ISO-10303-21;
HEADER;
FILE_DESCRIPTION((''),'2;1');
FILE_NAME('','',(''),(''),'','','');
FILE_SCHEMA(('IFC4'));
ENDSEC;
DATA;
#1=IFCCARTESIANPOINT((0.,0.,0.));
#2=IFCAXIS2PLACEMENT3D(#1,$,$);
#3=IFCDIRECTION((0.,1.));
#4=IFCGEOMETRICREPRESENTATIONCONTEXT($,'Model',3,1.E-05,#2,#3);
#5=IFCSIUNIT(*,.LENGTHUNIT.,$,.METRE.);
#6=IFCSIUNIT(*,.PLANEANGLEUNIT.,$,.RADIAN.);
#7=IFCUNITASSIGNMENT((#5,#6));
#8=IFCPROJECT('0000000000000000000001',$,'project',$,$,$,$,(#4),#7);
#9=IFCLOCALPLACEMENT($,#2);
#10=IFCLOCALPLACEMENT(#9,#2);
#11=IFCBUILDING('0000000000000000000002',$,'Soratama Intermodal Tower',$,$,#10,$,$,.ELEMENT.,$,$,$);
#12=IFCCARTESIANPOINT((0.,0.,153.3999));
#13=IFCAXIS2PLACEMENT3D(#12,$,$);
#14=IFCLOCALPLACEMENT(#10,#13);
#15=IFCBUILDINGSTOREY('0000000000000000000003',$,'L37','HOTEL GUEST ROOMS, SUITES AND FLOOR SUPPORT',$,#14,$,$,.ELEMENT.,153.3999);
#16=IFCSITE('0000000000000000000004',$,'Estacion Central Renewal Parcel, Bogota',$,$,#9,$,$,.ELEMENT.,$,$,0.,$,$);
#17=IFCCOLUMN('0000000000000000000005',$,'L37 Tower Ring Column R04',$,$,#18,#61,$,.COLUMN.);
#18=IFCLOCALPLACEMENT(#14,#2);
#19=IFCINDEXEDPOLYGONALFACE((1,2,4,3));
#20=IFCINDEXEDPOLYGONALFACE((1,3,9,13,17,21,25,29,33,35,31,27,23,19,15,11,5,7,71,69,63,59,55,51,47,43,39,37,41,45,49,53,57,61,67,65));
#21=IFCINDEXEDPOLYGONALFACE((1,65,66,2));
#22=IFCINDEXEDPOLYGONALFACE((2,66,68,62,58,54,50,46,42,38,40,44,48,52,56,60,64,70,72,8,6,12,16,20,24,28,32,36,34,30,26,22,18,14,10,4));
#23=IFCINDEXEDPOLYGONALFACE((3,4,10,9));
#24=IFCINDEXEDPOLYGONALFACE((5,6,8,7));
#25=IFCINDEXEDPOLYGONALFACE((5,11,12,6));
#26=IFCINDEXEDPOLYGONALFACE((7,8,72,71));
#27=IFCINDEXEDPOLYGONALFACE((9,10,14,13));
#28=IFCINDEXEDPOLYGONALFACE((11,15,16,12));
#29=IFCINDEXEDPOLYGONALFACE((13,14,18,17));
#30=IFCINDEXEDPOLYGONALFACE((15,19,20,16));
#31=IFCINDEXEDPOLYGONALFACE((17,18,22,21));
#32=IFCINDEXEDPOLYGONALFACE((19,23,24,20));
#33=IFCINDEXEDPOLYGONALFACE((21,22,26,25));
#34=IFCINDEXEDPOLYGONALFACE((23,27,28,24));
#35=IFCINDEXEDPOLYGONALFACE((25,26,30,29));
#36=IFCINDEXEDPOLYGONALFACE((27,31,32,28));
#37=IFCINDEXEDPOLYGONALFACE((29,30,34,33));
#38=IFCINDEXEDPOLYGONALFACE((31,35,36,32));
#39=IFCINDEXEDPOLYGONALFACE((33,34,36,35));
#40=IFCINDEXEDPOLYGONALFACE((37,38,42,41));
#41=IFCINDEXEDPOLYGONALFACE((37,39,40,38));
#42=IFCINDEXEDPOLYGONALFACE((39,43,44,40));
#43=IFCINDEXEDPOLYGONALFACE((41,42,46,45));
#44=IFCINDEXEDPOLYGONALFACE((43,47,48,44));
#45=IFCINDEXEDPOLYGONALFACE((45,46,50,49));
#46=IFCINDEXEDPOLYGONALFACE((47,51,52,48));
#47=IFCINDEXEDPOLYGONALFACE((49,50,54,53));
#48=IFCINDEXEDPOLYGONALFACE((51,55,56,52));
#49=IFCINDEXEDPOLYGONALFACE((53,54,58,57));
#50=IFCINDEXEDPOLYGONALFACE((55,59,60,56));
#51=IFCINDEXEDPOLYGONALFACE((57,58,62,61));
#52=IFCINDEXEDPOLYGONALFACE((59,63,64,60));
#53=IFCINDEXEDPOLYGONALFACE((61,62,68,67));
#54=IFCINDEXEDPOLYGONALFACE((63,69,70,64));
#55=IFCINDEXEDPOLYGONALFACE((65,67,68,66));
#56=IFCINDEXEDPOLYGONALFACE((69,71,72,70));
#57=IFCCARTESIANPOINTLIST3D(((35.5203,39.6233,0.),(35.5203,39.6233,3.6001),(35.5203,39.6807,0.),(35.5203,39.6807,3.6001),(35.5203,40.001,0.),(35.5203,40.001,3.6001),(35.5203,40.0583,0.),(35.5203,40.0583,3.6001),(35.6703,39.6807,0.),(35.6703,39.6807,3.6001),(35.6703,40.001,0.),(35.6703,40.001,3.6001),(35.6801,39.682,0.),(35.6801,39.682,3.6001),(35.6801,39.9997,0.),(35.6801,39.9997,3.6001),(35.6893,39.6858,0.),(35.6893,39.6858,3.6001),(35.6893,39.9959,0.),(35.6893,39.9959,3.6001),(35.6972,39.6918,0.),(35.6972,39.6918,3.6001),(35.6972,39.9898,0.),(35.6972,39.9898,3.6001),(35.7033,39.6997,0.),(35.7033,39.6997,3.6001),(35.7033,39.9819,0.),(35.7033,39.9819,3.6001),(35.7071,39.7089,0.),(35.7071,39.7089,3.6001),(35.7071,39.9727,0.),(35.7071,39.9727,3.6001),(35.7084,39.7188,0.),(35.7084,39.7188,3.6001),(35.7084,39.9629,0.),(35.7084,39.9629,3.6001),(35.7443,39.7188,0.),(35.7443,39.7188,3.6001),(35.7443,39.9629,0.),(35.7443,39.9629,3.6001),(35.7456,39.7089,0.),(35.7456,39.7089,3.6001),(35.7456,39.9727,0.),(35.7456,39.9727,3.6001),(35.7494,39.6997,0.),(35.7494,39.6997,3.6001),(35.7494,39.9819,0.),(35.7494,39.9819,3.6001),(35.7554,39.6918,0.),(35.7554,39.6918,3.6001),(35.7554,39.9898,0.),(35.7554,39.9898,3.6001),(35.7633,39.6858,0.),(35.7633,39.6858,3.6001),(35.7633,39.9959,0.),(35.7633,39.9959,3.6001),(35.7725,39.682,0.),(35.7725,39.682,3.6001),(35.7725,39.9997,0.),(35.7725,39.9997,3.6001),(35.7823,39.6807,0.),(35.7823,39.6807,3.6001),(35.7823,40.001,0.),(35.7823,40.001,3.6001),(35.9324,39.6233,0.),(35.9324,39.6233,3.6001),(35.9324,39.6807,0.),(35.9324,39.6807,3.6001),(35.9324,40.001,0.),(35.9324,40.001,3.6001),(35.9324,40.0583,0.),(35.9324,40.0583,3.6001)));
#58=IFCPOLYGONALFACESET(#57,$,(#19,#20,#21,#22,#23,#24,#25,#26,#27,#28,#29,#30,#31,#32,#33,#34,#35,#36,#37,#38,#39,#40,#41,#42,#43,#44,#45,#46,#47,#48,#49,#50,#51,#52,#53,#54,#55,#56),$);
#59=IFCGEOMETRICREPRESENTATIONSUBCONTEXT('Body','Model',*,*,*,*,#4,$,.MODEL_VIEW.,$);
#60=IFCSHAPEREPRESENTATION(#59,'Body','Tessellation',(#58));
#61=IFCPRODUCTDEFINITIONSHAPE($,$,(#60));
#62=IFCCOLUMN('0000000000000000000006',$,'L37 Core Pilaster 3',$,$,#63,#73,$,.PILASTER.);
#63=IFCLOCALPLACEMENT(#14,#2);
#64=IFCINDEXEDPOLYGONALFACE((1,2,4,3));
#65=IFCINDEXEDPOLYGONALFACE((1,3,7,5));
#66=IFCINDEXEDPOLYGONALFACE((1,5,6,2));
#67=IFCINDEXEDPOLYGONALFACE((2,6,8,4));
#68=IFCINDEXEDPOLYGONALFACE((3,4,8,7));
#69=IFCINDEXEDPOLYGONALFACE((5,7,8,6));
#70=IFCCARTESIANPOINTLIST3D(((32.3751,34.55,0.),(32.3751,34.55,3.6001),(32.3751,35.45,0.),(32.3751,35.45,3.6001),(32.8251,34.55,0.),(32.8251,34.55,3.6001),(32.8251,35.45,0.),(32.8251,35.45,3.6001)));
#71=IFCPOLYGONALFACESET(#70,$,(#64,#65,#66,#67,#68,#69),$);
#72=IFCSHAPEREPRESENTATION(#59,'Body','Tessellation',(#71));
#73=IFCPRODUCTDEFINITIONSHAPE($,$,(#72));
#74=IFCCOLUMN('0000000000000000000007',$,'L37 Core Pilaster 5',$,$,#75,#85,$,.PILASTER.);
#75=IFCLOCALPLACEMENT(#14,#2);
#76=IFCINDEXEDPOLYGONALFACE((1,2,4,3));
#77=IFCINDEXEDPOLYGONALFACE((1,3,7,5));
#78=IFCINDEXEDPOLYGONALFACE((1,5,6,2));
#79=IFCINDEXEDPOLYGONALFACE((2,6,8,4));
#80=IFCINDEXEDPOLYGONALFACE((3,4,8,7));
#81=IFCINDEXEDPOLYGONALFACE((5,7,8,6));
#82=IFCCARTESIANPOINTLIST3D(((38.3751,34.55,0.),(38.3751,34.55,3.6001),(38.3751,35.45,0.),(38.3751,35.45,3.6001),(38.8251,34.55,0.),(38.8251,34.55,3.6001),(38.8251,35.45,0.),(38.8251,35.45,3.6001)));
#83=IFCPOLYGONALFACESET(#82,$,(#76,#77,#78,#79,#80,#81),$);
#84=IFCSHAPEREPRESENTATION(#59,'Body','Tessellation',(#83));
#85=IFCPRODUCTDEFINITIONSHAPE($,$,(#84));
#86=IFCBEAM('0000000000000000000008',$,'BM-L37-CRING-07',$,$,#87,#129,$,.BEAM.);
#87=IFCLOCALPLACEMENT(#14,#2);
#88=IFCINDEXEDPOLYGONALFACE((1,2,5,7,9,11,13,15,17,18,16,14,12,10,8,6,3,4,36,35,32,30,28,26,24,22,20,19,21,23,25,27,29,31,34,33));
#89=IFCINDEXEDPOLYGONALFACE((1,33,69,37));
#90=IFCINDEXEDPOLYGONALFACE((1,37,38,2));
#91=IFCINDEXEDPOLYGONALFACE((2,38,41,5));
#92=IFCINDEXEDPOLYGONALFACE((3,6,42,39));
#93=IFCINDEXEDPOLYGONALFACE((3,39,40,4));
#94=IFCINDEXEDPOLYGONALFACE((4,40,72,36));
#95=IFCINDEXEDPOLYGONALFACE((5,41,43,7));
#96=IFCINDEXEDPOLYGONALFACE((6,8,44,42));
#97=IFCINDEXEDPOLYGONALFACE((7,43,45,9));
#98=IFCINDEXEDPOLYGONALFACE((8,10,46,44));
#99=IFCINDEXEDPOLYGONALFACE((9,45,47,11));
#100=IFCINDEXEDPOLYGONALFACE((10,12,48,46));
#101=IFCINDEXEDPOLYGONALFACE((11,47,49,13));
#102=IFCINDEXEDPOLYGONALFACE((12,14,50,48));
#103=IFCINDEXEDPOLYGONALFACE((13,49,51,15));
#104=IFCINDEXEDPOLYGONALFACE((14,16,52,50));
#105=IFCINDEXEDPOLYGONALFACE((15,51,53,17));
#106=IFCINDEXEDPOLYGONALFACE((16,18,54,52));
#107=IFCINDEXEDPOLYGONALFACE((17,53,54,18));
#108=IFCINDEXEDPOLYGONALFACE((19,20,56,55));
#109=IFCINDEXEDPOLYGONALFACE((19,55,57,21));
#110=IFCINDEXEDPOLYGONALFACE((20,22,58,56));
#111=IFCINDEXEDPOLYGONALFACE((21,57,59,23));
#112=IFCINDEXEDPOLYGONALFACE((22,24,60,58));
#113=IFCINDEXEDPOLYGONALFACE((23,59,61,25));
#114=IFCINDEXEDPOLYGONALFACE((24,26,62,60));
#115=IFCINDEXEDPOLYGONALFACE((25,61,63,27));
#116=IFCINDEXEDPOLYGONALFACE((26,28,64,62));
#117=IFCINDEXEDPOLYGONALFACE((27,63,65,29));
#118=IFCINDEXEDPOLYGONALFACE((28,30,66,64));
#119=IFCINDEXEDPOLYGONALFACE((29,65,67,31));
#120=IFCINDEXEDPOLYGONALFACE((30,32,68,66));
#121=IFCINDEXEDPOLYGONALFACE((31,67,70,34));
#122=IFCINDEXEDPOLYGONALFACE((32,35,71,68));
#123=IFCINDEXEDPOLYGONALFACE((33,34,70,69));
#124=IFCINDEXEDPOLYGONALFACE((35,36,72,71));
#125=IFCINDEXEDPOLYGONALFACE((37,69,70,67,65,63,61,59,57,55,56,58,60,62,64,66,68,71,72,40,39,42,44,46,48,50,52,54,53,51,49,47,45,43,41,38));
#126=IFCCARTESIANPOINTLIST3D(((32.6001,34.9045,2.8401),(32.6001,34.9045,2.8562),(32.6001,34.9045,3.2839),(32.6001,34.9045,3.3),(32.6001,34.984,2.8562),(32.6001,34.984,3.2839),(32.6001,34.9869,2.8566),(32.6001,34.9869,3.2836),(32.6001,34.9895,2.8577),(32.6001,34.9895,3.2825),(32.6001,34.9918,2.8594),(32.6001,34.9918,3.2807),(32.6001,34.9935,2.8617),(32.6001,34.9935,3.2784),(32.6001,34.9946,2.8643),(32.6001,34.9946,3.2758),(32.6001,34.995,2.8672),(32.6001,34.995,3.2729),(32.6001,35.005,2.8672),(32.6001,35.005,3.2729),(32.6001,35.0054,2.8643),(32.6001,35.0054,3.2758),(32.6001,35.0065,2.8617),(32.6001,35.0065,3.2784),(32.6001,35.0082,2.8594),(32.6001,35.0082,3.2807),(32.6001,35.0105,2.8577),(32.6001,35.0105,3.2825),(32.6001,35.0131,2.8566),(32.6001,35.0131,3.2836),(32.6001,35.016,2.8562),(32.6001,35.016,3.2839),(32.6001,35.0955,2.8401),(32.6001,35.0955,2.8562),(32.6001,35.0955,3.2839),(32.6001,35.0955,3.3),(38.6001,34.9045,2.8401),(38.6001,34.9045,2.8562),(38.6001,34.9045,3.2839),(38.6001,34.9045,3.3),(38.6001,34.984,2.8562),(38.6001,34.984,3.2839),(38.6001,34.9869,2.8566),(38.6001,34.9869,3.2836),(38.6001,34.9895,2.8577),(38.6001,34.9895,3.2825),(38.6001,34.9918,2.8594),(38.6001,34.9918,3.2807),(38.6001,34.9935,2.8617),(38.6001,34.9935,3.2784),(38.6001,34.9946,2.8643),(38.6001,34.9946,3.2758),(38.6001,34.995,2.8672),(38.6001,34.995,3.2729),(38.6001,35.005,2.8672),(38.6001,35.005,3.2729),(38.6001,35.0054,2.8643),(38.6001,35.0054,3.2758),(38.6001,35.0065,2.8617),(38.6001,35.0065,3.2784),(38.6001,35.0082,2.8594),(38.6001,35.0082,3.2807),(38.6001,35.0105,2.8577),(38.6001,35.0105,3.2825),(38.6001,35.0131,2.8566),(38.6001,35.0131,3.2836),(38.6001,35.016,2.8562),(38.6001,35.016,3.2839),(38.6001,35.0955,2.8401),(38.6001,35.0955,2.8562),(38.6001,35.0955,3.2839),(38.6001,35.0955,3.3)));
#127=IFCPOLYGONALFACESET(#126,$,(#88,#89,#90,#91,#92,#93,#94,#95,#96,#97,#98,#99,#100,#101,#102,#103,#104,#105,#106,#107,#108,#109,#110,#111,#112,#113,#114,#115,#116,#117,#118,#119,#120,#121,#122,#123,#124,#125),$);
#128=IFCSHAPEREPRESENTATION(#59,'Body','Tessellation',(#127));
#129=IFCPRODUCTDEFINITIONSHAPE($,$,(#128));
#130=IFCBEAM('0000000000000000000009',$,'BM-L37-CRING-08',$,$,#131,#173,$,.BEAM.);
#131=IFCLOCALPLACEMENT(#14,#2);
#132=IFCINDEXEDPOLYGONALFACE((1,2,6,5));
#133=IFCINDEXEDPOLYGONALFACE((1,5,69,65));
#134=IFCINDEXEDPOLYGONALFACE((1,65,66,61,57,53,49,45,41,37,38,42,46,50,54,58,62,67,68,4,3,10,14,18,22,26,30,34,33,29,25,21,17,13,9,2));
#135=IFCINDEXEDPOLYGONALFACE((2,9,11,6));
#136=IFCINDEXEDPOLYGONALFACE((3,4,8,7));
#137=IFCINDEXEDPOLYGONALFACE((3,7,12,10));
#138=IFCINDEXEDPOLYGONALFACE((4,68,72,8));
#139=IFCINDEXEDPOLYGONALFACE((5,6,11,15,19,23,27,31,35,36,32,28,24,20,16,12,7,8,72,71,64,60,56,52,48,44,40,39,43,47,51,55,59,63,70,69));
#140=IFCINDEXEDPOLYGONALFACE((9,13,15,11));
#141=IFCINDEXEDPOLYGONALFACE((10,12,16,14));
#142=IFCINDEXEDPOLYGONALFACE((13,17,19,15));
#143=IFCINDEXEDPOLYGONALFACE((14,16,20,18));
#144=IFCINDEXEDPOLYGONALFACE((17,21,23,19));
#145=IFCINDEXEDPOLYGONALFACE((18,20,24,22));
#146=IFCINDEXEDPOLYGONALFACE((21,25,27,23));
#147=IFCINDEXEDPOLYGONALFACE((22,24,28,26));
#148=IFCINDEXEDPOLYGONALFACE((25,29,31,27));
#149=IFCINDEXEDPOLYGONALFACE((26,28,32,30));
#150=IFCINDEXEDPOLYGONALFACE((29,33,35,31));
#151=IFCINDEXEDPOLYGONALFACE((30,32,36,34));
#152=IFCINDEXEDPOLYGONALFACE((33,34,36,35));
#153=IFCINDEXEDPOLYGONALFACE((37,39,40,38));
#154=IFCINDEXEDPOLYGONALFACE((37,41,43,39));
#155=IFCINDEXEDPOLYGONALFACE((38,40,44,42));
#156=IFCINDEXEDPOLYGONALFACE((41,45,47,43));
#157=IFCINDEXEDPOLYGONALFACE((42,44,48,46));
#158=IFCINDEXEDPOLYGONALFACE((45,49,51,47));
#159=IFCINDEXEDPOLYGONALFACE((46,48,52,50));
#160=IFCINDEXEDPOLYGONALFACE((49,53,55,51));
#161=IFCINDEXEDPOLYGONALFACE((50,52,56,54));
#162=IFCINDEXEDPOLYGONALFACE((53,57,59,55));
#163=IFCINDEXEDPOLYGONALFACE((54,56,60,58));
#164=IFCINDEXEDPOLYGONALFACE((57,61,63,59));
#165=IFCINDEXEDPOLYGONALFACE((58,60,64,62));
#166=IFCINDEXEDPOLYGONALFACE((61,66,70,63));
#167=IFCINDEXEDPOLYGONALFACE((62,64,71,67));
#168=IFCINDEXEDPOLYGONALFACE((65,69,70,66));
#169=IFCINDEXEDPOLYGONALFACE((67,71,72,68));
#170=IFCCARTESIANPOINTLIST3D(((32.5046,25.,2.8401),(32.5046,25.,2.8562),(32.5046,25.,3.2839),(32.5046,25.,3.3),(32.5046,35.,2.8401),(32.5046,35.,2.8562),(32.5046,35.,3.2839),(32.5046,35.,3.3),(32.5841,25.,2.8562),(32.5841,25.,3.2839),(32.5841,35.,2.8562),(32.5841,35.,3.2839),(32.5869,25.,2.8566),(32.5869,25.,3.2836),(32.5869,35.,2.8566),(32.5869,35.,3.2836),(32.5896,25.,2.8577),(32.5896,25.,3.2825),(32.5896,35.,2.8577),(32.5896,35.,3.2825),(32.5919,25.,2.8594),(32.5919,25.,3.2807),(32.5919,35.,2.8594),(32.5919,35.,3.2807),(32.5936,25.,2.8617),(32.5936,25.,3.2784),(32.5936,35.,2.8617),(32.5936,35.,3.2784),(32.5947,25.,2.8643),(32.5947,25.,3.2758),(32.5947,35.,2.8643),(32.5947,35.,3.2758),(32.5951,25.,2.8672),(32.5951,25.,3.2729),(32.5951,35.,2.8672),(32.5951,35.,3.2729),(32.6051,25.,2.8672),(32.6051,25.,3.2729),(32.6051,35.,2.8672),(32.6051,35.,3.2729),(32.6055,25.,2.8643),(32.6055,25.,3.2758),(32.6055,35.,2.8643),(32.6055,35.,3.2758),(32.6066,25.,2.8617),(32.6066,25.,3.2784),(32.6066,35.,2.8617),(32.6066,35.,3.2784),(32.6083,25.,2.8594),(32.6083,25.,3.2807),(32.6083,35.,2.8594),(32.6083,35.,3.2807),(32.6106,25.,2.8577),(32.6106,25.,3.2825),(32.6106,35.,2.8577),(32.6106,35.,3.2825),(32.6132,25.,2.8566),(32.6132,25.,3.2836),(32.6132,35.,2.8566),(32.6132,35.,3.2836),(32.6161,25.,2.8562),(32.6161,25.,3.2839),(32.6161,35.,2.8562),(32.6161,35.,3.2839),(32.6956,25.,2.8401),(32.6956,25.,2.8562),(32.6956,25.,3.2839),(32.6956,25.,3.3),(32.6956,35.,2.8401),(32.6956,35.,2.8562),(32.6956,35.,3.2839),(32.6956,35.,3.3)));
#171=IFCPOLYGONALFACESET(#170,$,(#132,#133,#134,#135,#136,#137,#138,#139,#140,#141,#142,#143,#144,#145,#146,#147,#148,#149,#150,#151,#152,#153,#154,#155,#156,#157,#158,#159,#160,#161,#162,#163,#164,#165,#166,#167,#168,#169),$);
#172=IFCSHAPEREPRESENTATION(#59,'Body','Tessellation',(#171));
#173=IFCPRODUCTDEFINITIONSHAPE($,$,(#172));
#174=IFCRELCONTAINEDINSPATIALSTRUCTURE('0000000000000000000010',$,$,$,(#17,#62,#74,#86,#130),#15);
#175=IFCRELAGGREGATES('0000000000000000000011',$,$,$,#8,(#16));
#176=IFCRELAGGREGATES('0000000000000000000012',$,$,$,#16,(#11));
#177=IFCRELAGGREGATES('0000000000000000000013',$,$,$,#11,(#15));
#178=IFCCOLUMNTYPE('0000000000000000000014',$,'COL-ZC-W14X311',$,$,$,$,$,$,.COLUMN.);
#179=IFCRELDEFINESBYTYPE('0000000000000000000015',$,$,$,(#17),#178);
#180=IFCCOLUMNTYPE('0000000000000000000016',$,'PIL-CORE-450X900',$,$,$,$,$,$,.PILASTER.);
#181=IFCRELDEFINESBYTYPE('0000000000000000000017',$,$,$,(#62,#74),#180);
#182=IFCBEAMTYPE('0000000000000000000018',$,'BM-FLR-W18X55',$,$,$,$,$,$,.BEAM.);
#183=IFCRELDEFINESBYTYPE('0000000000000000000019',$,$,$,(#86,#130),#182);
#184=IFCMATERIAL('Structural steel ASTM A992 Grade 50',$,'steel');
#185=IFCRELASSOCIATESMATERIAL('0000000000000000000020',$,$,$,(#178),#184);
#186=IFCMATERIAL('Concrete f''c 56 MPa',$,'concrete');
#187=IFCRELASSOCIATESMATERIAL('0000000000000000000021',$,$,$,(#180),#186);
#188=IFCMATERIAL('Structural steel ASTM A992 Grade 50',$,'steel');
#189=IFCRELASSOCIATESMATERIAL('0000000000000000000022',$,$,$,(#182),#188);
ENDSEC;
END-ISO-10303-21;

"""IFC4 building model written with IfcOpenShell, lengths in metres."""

from ifc_helpers import new_model, si_unit, direction, frame, origin, origin_2d, place, context, subcontext, project, spatial, rectangle, i_section, extrude, material, material_profile, profile_set, type_object, element, save


model = new_model("IFC4")

# Units and contexts
model_context = context("Model", 3, precision=1e-05, world=origin(), true_north=direction((0.0, 1.0)))
body_context = subcontext(model_context, "Body", "Model", "MODEL_VIEW")
ifc_project = project(units=[si_unit("LENGTHUNIT", "METRE"), si_unit("PLANEANGLEUNIT", "RADIAN")], contexts=[model_context])

# Site, building, storey
site_placement = place(None, origin())
site = spatial("IfcSite", under=ifc_project, at=site_placement, Name="Estacion Central Renewal Parcel, Bogota", CompositionType="ELEMENT", RefElevation=0.0)
building_placement = place(site_placement, origin())
building = spatial("IfcBuilding", under=site, at=building_placement, Name="Soratama Intermodal Tower", CompositionType="ELEMENT")
storey_placement = place(building_placement, frame((0.0, 0.0, 153.3999)))
storey = spatial("IfcBuildingStorey", under=building, at=storey_placement, Name="L37", Description="HOTEL GUEST ROOMS, SUITES AND FLOOR SUPPORT", CompositionType="ELEMENT", Elevation=153.3999)

# Columns
ifc_material_1 = material(Name="Structural steel ASTM A992 Grade 50", Category="steel")
ifc_material_profile_1 = material_profile(ifc_material_1, i_section(OverallWidth=0.4121, OverallDepth=0.4351, WebThickness=0.0359, FlangeThickness=0.0574, FilletRadius=0.0381, at=origin_2d()), Name="W14X311")
ifc_profile_set_1 = profile_set([ifc_material_profile_1], Name="Structural steel ASTM A992 Grade 50")
column_type_1 = type_object("IfcColumnType", Name="COL-ZC-W14X311", PredefinedType="COLUMN", material=ifc_profile_set_1)
column_placement = place(storey_placement, frame((35.7263, 39.8408, 0.0), z_axis=(0.0, 0.0, 1.0), x_axis=(1.0, 0.0, 0.0)))
element("IfcColumn", 1, at=column_placement, inside=storey, type_object=column_type_1, Name="L37 Tower Ring Column R04", PredefinedType="COLUMN", context=body_context, shape_type="SweptSolid", body=[
    extrude(i_section(OverallWidth=0.4121, OverallDepth=0.4351, WebThickness=0.0359, FlangeThickness=0.0574, FilletRadius=0.0381, at=origin_2d()), origin(), (0.0, 0.0, 1.0), 3.6001),
])
ifc_material_2 = material(Name="Concrete f'c 56 MPa", Category="concrete")
ifc_material_profile_2 = material_profile(ifc_material_2, rectangle(XDim=0.45, YDim=0.8999, at=origin_2d()), Name="RC450X900")
ifc_profile_set_2 = profile_set([ifc_material_profile_2], Name="Concrete f'c 56 MPa")
column_type_2 = type_object("IfcColumnType", Name="PIL-CORE-450X900", PredefinedType="PILASTER", material=ifc_profile_set_2)
for number, where, z_axis, x_axis, name in (
    (2, (32.6001, 35.0, 0.0), (0.0, 0.0, 1.0), (1.0, 0.0, 0.0), "L37 Core Pilaster 3"),
    (3, (38.6001, 35.0, 0.0), (0.0, 0.0, 1.0), (1.0, 0.0, 0.0), "L37 Core Pilaster 5"),
):
    element("IfcColumn", number, at=place(storey_placement, frame(where, z_axis=z_axis, x_axis=x_axis)), inside=storey, type_object=column_type_2, Name=name, PredefinedType="PILASTER", context=body_context, shape_type="SweptSolid", body=[
        extrude(rectangle(XDim=0.45, YDim=0.8999, at=origin_2d()), origin(), (0.0, 0.0, 1.0), 3.6001),
    ])

# Beams
ifc_material_3 = material(Name="Structural steel ASTM A992 Grade 50", Category="steel")
ifc_material_profile_3 = material_profile(ifc_material_3, i_section(OverallWidth=0.1909, OverallDepth=0.46, WebThickness=0.01, FlangeThickness=0.0161, FilletRadius=0.011, at=origin_2d()), Name="W18X55")
ifc_profile_set_3 = profile_set([ifc_material_profile_3], Name="Structural steel ASTM A992 Grade 50")
beam_type_1 = type_object("IfcBeamType", Name="BM-FLR-W18X55", PredefinedType="BEAM", material=ifc_profile_set_3)
beam_1_placement = place(storey_placement, frame((38.6001, 35.0, 3.0701), z_axis=(-1.0, 0.0, 0.0), x_axis=(0.0, -1.0, 0.0)))
element("IfcBeam", 4, at=beam_1_placement, inside=storey, type_object=beam_type_1, Name="BM-L37-CRING-07", PredefinedType="BEAM", context=body_context, shape_type="SweptSolid", body=[
    extrude(i_section(OverallWidth=0.1909, OverallDepth=0.46, WebThickness=0.01, FlangeThickness=0.0161, FilletRadius=0.011, at=origin_2d()), origin(), (0.0, 0.0, 1.0), 6.0),
])
beam_2_placement = place(storey_placement, frame((32.6001, 35.0, 3.0701), z_axis=(0.0, -1.0, 0.0), x_axis=(1.0, 0.0, 0.0)))
element("IfcBeam", 5, at=beam_2_placement, inside=storey, type_object=beam_type_1, Name="BM-L37-CRING-08", PredefinedType="BEAM", context=body_context, shape_type="SweptSolid", body=[
    extrude(i_section(OverallWidth=0.1909, OverallDepth=0.46, WebThickness=0.01, FlangeThickness=0.0161, FilletRadius=0.011, at=origin_2d()), origin(), (0.0, 0.0, 1.0), 10.0),
])

save(model, "model.ifc")
